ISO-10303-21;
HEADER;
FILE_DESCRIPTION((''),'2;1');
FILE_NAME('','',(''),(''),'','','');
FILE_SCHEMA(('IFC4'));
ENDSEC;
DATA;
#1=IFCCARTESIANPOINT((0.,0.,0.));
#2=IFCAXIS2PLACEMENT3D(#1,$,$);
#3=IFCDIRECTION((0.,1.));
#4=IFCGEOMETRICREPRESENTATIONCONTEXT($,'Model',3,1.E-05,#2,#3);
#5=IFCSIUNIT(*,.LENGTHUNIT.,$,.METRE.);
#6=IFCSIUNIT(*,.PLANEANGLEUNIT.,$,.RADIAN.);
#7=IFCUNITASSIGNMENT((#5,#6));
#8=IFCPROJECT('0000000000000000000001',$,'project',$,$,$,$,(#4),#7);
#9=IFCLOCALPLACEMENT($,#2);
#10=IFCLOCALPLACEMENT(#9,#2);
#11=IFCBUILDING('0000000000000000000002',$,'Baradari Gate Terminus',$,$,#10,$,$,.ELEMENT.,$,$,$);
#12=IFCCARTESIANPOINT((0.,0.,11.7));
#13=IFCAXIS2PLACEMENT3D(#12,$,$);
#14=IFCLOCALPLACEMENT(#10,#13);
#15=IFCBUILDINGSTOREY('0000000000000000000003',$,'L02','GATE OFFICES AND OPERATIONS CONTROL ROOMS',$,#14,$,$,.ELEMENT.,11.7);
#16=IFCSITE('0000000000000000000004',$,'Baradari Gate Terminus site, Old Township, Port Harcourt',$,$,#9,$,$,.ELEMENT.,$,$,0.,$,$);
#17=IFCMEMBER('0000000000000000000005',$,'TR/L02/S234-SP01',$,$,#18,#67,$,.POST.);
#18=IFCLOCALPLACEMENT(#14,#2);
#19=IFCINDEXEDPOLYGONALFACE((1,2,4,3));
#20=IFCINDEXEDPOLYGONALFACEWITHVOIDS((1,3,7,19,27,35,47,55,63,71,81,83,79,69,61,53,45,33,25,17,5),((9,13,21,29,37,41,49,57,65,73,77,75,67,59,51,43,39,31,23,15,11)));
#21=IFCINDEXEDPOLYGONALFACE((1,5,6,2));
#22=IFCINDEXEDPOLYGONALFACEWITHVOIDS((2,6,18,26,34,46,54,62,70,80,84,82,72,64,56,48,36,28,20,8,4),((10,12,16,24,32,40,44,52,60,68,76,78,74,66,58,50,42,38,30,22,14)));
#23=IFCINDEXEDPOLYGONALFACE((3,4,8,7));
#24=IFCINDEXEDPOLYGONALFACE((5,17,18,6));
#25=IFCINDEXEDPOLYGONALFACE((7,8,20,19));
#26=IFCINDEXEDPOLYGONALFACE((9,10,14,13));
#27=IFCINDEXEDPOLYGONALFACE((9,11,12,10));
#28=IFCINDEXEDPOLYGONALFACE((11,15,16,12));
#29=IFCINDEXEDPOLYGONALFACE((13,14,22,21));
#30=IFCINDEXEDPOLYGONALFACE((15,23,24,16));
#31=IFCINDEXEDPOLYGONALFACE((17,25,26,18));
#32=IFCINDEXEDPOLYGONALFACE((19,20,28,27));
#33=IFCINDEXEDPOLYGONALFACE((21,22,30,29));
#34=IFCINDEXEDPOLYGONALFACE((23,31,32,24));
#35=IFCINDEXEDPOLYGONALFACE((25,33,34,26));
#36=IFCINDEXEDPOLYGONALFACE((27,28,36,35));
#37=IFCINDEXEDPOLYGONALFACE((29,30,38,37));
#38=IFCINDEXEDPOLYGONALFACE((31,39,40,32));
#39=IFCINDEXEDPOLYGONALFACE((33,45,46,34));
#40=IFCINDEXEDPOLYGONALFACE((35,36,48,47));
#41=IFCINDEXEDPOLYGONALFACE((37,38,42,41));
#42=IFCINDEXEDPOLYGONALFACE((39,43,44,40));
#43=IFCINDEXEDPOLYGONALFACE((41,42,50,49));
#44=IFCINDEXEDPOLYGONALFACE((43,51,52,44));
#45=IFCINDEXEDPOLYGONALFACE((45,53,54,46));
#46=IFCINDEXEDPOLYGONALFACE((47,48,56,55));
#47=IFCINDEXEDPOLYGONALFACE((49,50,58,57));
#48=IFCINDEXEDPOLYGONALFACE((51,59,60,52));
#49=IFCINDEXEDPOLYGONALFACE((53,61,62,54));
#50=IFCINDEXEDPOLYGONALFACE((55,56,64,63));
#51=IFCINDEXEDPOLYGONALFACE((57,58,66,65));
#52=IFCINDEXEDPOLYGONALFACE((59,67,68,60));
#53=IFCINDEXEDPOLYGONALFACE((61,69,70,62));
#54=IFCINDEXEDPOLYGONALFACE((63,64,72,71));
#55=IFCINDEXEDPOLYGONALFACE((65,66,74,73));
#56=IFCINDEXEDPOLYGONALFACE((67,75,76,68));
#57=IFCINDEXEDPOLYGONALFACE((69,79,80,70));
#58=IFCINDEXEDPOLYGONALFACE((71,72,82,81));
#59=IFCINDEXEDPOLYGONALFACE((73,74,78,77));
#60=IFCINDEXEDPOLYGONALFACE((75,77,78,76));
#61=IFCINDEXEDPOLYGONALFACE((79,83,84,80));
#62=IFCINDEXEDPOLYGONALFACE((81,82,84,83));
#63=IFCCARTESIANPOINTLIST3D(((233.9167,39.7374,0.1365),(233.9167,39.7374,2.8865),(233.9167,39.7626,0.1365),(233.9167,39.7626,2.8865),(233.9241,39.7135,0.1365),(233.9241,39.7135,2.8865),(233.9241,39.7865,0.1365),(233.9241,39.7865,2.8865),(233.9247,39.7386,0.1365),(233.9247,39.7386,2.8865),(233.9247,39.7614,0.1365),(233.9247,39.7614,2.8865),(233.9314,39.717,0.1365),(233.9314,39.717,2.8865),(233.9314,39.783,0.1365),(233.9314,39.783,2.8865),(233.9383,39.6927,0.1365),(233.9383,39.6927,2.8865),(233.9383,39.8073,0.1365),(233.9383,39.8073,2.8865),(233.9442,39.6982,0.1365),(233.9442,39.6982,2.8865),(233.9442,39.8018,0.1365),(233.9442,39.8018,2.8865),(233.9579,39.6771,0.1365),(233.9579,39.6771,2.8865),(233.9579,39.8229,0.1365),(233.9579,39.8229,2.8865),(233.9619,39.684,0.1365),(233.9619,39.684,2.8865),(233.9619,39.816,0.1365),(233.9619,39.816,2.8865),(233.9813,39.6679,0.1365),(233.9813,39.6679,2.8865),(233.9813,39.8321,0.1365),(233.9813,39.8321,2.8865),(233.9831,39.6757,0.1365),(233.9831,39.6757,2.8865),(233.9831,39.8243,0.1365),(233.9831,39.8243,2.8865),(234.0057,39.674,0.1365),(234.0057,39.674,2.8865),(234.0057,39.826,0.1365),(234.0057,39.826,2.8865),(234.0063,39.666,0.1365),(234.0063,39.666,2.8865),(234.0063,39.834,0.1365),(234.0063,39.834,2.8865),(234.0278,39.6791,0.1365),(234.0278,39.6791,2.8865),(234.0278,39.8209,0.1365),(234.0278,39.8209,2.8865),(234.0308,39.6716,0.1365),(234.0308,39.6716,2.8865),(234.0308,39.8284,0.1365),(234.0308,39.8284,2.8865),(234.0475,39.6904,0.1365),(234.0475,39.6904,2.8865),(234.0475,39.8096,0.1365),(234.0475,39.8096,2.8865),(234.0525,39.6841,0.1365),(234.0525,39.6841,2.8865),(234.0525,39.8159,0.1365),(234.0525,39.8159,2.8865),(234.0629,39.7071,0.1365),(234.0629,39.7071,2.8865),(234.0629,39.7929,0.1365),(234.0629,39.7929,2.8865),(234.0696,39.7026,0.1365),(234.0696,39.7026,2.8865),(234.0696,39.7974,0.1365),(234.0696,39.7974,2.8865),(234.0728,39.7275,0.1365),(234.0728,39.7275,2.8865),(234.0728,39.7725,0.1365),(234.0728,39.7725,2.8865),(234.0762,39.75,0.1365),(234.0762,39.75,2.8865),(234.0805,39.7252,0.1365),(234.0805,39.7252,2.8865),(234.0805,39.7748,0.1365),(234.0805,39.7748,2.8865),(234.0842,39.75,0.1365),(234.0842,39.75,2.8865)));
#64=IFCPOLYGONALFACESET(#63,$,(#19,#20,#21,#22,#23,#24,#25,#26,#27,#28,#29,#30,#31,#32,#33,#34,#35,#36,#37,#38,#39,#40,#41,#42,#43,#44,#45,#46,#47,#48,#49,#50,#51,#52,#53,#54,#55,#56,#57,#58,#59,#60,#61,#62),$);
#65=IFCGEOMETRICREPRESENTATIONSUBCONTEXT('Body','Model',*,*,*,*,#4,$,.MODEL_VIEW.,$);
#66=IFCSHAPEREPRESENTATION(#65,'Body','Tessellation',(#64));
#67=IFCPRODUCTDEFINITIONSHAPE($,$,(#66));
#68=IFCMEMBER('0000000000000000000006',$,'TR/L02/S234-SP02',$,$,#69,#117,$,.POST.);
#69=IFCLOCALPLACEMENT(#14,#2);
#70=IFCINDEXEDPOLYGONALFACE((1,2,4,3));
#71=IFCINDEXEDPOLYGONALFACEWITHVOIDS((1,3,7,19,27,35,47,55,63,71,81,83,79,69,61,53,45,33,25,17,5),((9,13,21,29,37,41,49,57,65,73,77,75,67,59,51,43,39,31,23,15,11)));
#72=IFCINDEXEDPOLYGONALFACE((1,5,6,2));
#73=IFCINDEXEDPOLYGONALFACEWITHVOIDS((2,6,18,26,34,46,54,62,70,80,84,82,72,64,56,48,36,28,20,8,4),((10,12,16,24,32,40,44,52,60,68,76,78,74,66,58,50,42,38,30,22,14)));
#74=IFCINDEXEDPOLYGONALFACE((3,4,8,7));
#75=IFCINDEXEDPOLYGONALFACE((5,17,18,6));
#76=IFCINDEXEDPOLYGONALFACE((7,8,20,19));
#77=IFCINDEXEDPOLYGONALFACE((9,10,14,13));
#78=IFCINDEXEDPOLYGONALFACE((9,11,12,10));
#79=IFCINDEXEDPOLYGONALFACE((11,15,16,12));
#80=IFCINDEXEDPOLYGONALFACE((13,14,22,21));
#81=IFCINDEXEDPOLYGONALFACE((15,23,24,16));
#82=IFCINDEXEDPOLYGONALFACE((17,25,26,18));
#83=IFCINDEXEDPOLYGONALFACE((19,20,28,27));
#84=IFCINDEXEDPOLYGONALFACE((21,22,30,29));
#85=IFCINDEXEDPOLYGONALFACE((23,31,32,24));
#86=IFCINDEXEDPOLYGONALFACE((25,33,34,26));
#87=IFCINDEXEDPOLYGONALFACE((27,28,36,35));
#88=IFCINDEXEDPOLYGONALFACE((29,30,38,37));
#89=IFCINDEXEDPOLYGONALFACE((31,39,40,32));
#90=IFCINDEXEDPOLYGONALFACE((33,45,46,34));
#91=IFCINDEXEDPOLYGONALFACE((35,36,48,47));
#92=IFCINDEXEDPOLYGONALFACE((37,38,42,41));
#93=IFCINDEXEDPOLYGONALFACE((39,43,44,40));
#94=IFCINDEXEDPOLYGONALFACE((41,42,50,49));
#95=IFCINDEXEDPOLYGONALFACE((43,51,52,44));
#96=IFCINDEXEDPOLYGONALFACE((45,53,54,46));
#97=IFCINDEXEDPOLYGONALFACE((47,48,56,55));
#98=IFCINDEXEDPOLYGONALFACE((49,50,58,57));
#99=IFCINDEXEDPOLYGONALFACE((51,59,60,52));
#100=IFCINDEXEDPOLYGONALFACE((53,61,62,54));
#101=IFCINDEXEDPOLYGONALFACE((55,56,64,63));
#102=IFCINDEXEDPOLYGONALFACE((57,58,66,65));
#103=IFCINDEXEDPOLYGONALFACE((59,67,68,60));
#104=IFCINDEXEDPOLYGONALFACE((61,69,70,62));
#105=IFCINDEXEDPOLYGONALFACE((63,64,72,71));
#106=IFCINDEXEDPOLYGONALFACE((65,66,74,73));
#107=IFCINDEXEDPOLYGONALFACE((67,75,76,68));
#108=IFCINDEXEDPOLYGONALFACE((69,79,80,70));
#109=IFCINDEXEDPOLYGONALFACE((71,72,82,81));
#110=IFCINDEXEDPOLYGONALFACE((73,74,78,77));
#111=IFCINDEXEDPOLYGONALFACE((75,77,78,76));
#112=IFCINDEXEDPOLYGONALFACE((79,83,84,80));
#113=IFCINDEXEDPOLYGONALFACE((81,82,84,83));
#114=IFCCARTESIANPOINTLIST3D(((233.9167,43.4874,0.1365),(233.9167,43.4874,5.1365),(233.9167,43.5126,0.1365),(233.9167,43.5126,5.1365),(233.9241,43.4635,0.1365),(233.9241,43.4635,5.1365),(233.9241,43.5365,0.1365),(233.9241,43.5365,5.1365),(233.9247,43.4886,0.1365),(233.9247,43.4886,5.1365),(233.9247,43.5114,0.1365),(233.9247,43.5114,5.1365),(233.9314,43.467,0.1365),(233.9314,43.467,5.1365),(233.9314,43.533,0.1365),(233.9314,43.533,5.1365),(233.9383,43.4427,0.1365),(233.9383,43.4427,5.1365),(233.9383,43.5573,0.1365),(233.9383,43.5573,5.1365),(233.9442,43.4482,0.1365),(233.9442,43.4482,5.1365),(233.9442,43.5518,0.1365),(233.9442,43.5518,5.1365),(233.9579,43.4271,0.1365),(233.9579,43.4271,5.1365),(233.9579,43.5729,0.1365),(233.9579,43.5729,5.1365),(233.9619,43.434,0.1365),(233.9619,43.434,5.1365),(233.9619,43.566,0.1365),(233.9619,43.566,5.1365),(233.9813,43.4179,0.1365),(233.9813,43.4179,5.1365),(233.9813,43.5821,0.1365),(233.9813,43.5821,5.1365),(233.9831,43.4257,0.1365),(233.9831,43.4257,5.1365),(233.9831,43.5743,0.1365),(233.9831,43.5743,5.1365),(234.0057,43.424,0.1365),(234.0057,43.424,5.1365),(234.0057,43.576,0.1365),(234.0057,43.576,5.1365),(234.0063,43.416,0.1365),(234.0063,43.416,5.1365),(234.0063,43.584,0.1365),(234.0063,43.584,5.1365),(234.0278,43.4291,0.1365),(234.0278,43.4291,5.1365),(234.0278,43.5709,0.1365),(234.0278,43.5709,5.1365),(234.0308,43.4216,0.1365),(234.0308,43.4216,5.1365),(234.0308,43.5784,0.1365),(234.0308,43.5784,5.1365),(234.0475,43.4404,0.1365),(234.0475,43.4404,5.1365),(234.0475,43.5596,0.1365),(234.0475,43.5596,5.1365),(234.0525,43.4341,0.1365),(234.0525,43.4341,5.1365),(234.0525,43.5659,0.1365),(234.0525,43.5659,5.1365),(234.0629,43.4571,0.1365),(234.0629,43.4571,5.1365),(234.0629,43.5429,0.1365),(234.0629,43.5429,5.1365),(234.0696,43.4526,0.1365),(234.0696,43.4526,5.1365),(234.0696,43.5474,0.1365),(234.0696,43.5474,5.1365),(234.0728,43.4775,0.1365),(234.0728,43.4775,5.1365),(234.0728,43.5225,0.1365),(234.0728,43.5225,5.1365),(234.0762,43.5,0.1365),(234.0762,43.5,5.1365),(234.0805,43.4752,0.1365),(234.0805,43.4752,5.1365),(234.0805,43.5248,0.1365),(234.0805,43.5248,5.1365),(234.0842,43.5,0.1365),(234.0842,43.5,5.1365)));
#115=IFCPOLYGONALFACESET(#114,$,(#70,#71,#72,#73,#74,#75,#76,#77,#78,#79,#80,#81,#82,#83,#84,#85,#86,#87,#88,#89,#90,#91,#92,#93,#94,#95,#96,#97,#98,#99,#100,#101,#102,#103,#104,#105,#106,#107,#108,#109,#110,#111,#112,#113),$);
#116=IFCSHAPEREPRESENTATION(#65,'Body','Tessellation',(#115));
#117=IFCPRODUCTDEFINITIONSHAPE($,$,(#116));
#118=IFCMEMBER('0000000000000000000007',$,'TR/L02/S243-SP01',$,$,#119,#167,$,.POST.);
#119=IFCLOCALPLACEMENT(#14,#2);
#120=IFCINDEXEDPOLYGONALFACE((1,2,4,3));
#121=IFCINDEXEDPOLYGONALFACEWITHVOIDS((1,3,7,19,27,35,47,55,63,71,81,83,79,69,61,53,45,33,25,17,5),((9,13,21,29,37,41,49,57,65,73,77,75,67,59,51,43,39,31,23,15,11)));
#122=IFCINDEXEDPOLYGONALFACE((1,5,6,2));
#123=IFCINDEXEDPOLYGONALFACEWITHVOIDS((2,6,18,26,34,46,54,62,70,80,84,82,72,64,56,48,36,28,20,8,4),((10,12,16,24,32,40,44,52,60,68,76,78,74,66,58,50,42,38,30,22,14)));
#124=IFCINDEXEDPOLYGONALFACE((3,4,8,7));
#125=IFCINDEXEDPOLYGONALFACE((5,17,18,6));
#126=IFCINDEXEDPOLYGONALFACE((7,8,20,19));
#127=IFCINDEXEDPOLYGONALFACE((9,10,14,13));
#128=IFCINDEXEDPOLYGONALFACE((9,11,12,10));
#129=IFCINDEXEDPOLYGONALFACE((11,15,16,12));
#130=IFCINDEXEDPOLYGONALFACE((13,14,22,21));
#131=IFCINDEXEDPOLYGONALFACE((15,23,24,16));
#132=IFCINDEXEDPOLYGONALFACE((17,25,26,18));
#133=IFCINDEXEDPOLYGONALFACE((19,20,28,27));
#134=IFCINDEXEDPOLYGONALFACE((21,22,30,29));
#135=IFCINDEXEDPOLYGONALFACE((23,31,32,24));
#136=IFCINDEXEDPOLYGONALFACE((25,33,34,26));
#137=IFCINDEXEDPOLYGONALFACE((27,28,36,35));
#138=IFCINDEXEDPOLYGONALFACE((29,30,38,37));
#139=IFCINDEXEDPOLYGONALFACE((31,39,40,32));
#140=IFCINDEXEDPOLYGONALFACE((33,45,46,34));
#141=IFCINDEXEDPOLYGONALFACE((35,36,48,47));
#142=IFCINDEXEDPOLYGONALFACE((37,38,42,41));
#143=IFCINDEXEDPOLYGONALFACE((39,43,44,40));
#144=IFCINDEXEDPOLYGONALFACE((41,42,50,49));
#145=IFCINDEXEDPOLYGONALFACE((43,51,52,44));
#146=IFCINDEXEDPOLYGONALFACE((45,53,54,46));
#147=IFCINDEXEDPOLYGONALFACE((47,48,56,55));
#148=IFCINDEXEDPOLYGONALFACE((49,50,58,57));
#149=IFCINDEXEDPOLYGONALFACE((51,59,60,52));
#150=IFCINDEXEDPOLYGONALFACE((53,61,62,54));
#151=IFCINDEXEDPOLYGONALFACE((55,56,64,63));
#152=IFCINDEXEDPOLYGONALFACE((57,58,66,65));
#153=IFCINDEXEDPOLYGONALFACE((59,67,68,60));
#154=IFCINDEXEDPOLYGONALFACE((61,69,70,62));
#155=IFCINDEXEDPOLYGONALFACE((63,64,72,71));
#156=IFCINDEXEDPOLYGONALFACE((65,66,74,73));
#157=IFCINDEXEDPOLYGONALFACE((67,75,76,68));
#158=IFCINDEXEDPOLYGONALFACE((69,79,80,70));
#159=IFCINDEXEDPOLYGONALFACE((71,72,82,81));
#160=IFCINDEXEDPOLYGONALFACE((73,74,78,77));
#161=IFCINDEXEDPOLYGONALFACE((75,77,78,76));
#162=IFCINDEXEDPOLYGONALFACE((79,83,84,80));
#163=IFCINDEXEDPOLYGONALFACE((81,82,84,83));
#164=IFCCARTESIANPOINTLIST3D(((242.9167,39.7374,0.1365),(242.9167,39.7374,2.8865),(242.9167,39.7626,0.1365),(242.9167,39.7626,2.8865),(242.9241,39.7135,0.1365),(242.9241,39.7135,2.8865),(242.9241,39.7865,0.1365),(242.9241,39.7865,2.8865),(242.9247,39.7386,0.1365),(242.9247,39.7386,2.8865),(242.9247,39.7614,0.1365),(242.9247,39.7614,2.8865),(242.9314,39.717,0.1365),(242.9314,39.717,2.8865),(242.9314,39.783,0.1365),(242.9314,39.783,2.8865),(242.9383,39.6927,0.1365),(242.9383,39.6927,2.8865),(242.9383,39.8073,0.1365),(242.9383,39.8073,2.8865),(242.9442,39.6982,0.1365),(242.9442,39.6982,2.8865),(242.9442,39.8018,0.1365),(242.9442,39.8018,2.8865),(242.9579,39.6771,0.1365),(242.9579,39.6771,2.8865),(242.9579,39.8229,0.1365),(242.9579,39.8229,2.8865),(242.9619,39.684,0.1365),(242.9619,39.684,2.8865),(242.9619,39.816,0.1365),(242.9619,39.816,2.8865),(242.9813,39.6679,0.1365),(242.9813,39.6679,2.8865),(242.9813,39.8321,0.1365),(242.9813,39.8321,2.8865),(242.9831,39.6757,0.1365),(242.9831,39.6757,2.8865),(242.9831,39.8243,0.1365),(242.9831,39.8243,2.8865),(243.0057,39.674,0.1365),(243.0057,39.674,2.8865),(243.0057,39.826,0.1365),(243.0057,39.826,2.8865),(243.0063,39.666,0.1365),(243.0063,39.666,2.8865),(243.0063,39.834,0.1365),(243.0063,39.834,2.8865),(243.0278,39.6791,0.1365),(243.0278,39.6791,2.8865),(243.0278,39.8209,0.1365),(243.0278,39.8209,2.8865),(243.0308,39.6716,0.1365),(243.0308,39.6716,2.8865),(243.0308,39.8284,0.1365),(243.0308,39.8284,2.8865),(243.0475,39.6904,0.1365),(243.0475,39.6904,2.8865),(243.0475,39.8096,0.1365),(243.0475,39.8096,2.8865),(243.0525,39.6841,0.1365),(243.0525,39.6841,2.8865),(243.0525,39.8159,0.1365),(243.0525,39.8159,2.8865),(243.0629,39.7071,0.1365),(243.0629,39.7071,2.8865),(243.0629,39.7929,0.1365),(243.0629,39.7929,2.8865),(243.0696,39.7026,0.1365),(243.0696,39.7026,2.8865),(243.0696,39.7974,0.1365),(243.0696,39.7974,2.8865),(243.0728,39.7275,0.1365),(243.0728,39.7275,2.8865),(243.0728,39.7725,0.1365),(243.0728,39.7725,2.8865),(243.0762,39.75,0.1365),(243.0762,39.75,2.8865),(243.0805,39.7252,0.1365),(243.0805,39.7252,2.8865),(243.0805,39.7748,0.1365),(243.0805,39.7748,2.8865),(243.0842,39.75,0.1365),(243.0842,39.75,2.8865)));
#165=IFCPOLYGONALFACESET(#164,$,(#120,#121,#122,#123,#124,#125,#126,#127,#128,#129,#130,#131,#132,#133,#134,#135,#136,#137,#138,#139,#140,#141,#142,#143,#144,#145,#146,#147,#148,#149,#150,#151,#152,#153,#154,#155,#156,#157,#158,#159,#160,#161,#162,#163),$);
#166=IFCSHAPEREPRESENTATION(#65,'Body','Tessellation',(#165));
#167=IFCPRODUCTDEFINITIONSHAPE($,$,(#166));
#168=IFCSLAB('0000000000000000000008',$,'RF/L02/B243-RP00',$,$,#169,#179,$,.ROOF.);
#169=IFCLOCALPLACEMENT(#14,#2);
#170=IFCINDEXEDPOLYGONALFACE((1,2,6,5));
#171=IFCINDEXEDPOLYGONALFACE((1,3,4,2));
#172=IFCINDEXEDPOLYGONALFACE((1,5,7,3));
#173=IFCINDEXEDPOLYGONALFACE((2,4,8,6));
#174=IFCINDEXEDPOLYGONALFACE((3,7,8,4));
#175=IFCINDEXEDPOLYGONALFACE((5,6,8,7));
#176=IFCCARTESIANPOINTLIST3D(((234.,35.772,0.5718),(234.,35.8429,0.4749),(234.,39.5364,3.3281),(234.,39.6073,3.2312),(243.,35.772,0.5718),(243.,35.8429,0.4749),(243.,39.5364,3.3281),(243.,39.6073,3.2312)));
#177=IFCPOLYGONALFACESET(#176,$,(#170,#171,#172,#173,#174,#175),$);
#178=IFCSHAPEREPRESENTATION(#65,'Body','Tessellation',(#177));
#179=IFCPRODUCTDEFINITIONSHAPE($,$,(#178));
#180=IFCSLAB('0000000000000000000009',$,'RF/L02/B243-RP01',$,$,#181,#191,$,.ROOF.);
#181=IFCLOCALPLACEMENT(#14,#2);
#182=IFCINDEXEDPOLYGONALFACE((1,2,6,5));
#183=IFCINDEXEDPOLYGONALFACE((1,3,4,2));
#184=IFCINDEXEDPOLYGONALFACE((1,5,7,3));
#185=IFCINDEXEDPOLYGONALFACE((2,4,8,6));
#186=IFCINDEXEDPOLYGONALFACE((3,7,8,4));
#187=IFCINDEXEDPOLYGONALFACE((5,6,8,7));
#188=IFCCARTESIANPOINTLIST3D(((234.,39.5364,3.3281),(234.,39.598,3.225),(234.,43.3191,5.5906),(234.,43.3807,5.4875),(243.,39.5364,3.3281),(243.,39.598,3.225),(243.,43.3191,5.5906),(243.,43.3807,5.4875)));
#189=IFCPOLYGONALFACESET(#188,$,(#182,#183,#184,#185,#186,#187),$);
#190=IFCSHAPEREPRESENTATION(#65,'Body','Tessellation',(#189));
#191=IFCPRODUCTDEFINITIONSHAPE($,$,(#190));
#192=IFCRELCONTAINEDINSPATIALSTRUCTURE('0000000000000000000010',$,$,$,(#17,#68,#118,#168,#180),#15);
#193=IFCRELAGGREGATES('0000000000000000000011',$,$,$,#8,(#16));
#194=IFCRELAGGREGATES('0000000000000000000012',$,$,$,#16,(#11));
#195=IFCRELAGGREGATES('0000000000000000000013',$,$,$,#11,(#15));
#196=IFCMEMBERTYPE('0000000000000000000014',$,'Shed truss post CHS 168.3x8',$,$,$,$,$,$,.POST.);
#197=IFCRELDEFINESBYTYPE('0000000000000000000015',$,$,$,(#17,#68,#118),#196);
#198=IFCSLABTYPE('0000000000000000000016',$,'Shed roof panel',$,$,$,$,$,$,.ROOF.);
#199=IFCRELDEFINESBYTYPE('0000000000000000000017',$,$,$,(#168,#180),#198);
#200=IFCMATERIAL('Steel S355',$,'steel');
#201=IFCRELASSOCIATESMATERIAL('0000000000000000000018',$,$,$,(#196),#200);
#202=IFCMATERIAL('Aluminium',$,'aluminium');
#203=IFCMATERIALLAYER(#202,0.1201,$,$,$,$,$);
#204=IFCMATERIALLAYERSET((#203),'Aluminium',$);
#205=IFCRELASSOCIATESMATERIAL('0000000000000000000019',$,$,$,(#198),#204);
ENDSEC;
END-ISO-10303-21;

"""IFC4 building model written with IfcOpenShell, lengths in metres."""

from ifc_helpers import new_model, si_unit, direction, frame, origin, origin_2d, place, context, subcontext, project, spatial, polyline, hollow_circle, outline, extrude, material, layer, layer_set, material_profile, profile_set, type_object, element, save


model = new_model("IFC4")

# Units and contexts
model_context = context("Model", 3, precision=1e-05, world=origin(), true_north=direction((0.0, 1.0)))
body_context = subcontext(model_context, "Body", "Model", "MODEL_VIEW")
ifc_project = project(units=[si_unit("LENGTHUNIT", "METRE"), si_unit("PLANEANGLEUNIT", "RADIAN")], contexts=[model_context])

# Site, building, storey
site_placement = place(None, origin())
site = spatial("IfcSite", under=ifc_project, at=site_placement, Name="Baradari Gate Terminus site, Old Township, Port Harcourt", CompositionType="ELEMENT", RefElevation=0.0)
building_placement = place(site_placement, origin())
building = spatial("IfcBuilding", under=site, at=building_placement, Name="Baradari Gate Terminus", CompositionType="ELEMENT")
storey_placement = place(building_placement, frame((0.0, 0.0, 11.7)))
storey = spatial("IfcBuildingStorey", under=building, at=storey_placement, Name="L02", Description="GATE OFFICES AND OPERATIONS CONTROL ROOMS", CompositionType="ELEMENT", Elevation=11.7)

# Members
ifc_material_1 = material(Name="Steel S355", Category="steel")
ifc_material_profile_1 = material_profile(ifc_material_1, hollow_circle(Radius=0.0842, WallThickness=0.0081, at=origin_2d()), Name="CHS 168.3x8")
ifc_profile_set_1 = profile_set([ifc_material_profile_1], Name="Steel S355")
member_type_1 = type_object("IfcMemberType", Name="Shed truss post CHS 168.3x8", PredefinedType="POST", material=ifc_profile_set_1)
member_1_placement = place(storey_placement, frame((234.0, 39.75, 0.1365), z_axis=(0.0, 0.0, 1.0), x_axis=(1.0, 0.0, 0.0)))
element("IfcMember", 1, at=member_1_placement, inside=storey, type_object=member_type_1, Name="TR/L02/S234-SP01", PredefinedType="POST", context=body_context, shape_type="SweptSolid", body=[
    extrude(hollow_circle(Radius=0.0842, WallThickness=0.0081, at=origin_2d()), origin(), (0.0, 0.0, 1.0), 2.75),
])
member_2_placement = place(storey_placement, frame((234.0, 43.5, 0.1365), z_axis=(0.0, 0.0, 1.0), x_axis=(1.0, 0.0, 0.0)))
element("IfcMember", 2, at=member_2_placement, inside=storey, type_object=member_type_1, Name="TR/L02/S234-SP02", PredefinedType="POST", context=body_context, shape_type="SweptSolid", body=[
    extrude(hollow_circle(Radius=0.0842, WallThickness=0.0081, at=origin_2d()), origin(), (0.0, 0.0, 1.0), 5.0),
])
member_3_placement = place(storey_placement, frame((243.0, 39.75, 0.1365), z_axis=(0.0, 0.0, 1.0), x_axis=(1.0, 0.0, 0.0)))
element("IfcMember", 3, at=member_3_placement, inside=storey, type_object=member_type_1, Name="TR/L02/S243-SP01", PredefinedType="POST", context=body_context, shape_type="SweptSolid", body=[
    extrude(hollow_circle(Radius=0.0842, WallThickness=0.0081, at=origin_2d()), origin(), (0.0, 0.0, 1.0), 2.75),
])

# Slabs
ifc_material_2 = material(Name="Aluminium", Category="aluminium")
ifc_layer_1 = layer(ifc_material_2, 0.1201)
ifc_layer_set_1 = layer_set([ifc_layer_1], Name="Aluminium")
slab_type = type_object("IfcSlabType", Name="Shed roof panel", PredefinedType="ROOF", material=ifc_layer_set_1)
slab_1_placement = place(storey_placement, frame((234.0, 35.772, 0.5718), z_axis=(0.0, -0.590776, 0.806836), x_axis=(1.0, 0.0, 0.0)))
element("IfcSlab", 4, at=slab_1_placement, inside=storey, type_object=slab_type, Name="RF/L02/B243-RP00", PredefinedType="ROOF", context=body_context, shape_type="SweptSolid", body=[
    extrude(outline(polyline([(0.0, 0.0), (9.0, 0.0), (9.0, 4.6656), (0.0, 4.6656), (0.0, 0.0)])), origin(), (0.0, 0.0, -1.0), 0.1201),
])
slab_2_placement = place(storey_placement, frame((234.0, 39.5364, 3.3281), z_axis=(0.0, -0.513298, 0.858211), x_axis=(1.0, 0.0, 0.0)))
element("IfcSlab", 5, at=slab_2_placement, inside=storey, type_object=slab_type, Name="RF/L02/B243-RP01", PredefinedType="ROOF", context=body_context, shape_type="SweptSolid", body=[
    extrude(outline(polyline([(0.0, 0.0), (9.0, 0.0), (9.0, 4.4077), (0.0, 4.4077), (0.0, 0.0)])), origin(), (0.0, 0.0, -1.0), 0.1201),
])

save(model, "model.ifc")
